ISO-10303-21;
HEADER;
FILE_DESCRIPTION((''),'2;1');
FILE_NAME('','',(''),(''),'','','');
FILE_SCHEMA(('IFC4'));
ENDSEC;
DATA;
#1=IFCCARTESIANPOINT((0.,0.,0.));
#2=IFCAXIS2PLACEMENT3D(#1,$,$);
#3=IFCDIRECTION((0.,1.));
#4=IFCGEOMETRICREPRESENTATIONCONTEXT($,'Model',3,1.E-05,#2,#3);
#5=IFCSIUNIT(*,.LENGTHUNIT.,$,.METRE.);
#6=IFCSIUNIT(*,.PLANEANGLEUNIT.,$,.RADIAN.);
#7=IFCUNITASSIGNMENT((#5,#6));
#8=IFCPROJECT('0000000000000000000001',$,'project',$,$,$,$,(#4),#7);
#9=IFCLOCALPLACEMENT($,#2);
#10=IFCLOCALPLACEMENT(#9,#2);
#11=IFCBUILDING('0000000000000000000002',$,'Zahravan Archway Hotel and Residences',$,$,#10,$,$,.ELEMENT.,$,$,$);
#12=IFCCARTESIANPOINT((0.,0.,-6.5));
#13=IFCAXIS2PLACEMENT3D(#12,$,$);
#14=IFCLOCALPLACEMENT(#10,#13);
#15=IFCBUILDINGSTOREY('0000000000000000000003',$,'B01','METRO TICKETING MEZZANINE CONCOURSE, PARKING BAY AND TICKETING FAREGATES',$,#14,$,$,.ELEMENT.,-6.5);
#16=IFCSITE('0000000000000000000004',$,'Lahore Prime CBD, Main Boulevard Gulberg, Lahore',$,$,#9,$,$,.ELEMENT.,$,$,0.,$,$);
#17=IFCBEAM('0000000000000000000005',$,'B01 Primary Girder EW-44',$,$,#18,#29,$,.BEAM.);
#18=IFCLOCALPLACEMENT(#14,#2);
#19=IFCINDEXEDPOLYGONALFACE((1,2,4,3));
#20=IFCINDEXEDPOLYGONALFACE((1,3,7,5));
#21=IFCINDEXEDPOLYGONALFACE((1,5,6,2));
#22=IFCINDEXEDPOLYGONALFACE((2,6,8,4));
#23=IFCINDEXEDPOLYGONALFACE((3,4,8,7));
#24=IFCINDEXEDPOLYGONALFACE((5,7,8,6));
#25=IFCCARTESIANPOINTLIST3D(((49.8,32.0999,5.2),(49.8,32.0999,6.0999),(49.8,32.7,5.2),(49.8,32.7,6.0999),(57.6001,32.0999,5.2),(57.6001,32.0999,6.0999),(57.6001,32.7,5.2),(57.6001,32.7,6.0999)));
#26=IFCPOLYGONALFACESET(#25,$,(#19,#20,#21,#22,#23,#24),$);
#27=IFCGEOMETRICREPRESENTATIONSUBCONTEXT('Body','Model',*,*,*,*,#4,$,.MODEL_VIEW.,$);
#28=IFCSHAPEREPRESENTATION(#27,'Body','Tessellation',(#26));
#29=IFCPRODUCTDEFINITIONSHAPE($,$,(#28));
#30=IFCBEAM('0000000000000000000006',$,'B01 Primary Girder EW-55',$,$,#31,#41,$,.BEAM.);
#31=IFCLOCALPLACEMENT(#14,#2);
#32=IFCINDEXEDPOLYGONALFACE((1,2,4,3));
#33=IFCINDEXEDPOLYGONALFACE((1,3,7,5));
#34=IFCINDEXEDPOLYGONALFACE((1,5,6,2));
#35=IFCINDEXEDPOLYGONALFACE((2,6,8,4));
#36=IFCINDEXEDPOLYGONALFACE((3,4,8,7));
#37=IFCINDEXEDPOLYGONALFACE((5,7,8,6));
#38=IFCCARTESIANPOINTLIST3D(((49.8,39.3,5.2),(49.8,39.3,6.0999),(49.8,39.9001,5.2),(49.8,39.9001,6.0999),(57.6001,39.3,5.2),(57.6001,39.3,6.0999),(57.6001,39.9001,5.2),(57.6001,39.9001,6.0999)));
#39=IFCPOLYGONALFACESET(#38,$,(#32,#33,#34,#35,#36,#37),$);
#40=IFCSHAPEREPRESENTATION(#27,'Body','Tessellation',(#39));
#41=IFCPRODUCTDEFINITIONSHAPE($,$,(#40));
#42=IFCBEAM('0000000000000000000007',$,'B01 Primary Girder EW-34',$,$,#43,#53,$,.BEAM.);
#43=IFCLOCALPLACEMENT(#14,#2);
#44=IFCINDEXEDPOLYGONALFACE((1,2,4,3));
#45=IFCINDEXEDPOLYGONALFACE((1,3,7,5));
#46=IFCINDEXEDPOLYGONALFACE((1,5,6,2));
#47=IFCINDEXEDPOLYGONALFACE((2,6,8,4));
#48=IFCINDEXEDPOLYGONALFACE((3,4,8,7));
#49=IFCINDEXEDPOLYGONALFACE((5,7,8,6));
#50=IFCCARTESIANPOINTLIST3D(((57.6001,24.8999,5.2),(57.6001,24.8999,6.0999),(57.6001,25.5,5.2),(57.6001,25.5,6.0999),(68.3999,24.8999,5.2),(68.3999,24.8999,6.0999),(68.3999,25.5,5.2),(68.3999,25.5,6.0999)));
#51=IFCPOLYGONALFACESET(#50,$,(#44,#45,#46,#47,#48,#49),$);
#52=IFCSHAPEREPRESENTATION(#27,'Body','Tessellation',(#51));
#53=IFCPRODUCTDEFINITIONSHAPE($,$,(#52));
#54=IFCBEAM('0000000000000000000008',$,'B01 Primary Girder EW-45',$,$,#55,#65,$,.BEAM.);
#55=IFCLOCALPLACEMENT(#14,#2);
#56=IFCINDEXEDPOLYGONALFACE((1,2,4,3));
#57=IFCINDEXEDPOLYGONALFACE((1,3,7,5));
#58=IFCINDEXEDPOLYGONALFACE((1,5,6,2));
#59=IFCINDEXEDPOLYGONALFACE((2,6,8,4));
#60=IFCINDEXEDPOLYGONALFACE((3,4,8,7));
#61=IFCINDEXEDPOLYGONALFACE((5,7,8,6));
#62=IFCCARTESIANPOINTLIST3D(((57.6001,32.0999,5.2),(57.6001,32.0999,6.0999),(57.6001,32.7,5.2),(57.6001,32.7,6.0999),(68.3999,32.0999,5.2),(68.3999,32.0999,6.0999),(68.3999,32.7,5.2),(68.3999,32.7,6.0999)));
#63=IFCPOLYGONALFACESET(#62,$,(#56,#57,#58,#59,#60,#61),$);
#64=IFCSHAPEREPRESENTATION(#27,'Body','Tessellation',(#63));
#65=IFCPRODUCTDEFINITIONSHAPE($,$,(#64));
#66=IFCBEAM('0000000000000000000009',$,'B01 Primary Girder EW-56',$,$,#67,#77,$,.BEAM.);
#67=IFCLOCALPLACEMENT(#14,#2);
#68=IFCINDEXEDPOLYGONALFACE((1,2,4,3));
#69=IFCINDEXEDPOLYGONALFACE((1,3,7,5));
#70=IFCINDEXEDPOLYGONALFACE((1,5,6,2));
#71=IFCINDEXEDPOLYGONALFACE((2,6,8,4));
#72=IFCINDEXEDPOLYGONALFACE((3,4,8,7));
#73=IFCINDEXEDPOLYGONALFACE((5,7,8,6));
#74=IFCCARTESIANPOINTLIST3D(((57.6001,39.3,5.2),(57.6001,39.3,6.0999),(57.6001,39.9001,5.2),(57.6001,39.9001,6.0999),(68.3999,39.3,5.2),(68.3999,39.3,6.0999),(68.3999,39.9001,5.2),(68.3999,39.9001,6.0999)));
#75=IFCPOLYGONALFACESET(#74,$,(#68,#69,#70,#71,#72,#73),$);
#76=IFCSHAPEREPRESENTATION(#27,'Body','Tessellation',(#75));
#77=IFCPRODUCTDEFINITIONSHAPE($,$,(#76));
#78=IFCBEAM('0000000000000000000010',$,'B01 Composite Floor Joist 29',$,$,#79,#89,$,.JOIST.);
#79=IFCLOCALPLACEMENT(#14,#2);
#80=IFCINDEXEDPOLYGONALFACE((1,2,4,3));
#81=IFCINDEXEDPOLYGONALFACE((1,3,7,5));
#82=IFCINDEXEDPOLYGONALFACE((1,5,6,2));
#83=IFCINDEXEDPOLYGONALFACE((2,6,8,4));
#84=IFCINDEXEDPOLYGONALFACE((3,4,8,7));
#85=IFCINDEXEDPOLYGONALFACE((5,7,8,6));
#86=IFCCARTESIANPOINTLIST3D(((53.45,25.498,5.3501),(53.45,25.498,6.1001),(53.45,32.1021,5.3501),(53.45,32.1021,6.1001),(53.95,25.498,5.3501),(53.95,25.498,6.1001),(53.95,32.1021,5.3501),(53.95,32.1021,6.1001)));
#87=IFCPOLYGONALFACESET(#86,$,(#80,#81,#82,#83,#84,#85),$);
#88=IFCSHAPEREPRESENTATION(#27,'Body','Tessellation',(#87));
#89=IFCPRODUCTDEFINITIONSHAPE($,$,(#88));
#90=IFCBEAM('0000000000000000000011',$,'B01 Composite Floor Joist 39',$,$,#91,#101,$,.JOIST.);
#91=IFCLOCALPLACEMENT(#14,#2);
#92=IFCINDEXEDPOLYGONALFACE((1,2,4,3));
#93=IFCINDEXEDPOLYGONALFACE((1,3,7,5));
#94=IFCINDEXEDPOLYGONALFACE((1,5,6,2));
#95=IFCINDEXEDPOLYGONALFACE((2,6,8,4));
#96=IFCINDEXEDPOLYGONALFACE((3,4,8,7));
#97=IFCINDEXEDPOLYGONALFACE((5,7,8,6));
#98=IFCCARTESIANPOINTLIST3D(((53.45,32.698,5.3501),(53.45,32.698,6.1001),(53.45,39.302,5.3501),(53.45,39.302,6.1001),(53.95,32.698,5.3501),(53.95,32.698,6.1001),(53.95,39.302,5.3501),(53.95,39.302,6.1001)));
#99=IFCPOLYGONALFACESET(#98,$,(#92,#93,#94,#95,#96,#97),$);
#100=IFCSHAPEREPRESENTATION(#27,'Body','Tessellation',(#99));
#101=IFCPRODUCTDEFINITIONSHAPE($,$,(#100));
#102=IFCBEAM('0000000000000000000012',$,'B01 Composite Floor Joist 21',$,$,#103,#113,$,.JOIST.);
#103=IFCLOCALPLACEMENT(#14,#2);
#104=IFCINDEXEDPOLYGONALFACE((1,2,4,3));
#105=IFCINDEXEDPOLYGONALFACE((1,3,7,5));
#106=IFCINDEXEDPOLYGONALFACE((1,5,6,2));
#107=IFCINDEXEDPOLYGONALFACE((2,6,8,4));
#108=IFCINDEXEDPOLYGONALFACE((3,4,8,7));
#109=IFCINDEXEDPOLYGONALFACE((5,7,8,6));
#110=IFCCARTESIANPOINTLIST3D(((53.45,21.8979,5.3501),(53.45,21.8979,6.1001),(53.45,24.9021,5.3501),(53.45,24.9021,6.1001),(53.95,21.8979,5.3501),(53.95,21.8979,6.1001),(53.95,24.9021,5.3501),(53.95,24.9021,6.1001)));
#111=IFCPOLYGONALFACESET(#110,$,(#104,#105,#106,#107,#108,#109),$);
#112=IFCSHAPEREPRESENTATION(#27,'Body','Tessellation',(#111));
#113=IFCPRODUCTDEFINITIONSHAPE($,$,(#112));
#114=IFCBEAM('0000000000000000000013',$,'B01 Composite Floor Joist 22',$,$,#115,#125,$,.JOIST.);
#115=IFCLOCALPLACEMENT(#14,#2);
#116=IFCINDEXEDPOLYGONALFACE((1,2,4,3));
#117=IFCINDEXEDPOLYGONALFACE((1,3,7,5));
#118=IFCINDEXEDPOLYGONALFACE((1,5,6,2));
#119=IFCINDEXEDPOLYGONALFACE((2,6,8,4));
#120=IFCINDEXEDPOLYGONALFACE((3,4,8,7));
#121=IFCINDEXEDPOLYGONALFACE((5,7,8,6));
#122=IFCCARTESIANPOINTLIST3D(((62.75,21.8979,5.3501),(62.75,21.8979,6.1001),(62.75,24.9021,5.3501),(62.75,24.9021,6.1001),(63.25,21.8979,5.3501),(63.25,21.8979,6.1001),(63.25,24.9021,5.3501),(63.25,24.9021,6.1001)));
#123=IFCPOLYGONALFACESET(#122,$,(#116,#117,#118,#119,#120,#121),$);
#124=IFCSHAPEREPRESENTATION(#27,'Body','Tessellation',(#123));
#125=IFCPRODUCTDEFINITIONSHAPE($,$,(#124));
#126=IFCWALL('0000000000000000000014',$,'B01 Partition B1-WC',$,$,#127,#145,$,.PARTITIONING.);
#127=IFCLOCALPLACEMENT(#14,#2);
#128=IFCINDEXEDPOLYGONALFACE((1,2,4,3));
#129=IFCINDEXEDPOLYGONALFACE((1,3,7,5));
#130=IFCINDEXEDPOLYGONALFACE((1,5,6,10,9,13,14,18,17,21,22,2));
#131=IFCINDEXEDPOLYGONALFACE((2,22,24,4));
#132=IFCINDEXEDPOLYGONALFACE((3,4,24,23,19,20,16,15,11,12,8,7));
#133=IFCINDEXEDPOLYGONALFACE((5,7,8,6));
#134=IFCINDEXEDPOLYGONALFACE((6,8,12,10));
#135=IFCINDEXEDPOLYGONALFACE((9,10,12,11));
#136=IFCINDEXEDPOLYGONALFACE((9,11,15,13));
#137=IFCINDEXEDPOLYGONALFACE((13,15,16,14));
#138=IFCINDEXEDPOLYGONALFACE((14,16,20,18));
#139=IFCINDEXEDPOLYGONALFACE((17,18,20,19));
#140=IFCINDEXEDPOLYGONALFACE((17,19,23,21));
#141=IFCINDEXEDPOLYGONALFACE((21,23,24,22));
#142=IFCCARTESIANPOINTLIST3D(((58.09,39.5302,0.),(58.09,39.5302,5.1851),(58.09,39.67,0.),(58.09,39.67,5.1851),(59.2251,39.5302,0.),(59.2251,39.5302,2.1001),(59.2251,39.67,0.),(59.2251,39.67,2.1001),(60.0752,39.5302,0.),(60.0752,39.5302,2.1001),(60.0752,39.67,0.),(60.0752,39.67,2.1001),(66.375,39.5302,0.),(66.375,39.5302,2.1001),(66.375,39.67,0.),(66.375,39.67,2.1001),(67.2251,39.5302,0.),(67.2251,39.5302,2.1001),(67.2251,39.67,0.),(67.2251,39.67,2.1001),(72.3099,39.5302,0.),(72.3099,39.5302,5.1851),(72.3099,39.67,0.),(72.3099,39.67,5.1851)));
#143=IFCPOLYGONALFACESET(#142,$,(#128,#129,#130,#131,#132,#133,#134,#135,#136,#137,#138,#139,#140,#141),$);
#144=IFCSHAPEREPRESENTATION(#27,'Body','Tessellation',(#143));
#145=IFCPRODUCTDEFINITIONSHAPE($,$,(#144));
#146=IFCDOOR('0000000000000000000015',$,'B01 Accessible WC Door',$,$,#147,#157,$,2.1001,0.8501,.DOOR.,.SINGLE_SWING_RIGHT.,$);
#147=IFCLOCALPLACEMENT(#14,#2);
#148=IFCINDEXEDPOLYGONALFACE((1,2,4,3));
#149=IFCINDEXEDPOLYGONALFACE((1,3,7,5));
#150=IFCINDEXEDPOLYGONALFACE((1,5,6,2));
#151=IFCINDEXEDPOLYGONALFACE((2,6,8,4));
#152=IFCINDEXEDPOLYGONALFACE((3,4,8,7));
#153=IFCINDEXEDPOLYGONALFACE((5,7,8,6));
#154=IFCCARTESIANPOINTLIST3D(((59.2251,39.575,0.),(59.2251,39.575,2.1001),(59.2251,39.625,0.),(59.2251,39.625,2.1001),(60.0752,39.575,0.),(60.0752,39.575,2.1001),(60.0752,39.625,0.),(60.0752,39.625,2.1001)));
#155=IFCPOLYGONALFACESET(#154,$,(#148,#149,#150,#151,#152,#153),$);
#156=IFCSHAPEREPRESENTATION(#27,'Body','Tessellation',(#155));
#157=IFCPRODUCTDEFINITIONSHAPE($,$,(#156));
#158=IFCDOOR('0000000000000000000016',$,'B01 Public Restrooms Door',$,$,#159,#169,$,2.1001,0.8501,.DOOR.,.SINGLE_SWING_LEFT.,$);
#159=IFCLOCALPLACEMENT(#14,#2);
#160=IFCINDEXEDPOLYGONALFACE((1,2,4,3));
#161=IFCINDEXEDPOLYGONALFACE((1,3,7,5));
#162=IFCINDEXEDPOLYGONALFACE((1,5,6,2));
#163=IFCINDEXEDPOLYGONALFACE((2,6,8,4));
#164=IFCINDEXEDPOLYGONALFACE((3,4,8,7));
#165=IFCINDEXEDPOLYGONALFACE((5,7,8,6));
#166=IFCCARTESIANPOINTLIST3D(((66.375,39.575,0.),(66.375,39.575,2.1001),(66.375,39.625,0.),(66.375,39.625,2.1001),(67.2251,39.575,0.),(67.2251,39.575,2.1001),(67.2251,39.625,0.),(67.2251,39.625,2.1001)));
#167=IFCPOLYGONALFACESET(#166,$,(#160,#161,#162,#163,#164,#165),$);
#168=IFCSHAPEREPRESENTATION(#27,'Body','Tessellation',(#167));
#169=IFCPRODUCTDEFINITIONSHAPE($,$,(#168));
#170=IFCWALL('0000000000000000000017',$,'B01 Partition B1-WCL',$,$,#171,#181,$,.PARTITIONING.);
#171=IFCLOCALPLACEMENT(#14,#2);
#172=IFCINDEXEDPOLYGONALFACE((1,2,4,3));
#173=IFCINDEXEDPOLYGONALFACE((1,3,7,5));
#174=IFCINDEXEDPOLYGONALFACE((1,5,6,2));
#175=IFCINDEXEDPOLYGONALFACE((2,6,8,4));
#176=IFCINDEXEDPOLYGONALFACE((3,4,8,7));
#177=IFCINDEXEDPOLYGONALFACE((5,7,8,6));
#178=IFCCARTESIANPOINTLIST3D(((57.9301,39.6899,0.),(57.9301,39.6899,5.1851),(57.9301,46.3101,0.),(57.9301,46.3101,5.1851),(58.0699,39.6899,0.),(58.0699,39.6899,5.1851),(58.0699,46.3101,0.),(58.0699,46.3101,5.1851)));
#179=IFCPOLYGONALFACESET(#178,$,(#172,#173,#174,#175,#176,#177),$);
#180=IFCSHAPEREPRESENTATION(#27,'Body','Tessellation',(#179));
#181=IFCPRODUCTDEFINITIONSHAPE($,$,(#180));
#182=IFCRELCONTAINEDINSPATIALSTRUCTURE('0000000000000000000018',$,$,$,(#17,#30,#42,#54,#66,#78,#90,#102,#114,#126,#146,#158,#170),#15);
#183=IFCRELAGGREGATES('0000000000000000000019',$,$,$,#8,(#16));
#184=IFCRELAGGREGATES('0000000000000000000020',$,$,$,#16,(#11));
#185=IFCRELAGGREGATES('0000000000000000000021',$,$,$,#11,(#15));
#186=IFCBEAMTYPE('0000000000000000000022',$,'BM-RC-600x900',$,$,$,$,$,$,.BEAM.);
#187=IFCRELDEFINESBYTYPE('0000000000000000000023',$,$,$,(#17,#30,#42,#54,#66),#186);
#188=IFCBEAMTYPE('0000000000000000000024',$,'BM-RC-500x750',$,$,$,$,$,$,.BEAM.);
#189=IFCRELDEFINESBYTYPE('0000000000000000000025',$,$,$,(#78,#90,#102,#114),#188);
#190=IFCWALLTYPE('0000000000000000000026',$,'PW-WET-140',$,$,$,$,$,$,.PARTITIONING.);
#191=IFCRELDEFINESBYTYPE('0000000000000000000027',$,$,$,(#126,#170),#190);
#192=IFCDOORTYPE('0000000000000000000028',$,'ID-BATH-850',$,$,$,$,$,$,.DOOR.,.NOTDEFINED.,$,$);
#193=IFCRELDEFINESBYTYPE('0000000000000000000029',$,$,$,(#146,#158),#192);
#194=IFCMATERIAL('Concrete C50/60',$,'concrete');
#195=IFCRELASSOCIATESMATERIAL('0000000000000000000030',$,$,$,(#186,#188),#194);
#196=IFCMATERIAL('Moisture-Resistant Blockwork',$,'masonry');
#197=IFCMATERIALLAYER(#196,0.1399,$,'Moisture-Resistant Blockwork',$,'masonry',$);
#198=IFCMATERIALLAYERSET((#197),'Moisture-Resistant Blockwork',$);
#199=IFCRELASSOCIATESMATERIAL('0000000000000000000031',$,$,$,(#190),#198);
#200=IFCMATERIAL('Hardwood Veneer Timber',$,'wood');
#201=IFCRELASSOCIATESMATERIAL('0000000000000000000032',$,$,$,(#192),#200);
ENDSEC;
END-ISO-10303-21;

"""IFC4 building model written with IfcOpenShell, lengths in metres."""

from ifc_helpers import new_model, si_unit, direction, frame, frame_2d, origin, origin_2d, place, context, subcontext, project, spatial, rectangle, extrude, source, transform, mapped, material, layer, layer_set, material_profile, profile_set, type_object, type_shapes, element, fill, save


model = new_model("IFC4")

# Units and contexts
model_context = context("Model", 3, precision=1e-05, world=origin(), true_north=direction((0.0, 1.0)))
body_context = subcontext(model_context, "Body", "Model", "MODEL_VIEW")
ifc_project = project(units=[si_unit("LENGTHUNIT", "METRE"), si_unit("PLANEANGLEUNIT", "RADIAN")], contexts=[model_context])

# Site, building, storey
site_placement = place(None, origin())
site = spatial("IfcSite", under=ifc_project, at=site_placement, Name="Lahore Prime CBD, Main Boulevard Gulberg, Lahore", CompositionType="ELEMENT", RefElevation=0.0)
building_placement = place(site_placement, origin())
building = spatial("IfcBuilding", under=site, at=building_placement, Name="Zahravan Archway Hotel and Residences", CompositionType="ELEMENT")
storey_placement = place(building_placement, frame((0.0, 0.0, -6.5)))
storey = spatial("IfcBuildingStorey", under=building, at=storey_placement, Name="B01", Description="METRO TICKETING MEZZANINE CONCOURSE, PARKING BAY AND TICKETING FAREGATES", CompositionType="ELEMENT", Elevation=-6.5)

# Shared definitions
ifc_material_1 = material(Name="Concrete C50/60", Category="concrete")

# Beams
ifc_material_profile_1 = material_profile(ifc_material_1, rectangle(XDim=0.6001, YDim=0.8999, at=origin_2d()), Name="RC-BM-600x900", Category="concrete")
ifc_profile_set_1 = profile_set([ifc_material_profile_1], Name="Concrete C50/60")
beam_type_1 = type_object("IfcBeamType", Name="BM-RC-600x900", PredefinedType="BEAM", material=ifc_profile_set_1)
shared_shape_1 = source(origin(), body_context, "Body", "SweptSolid", [
    extrude(rectangle(XDim=0.6001, YDim=0.8999, at=origin_2d()), origin(), (0.0, 0.0, 1.0), 7.8),
])
for number, where, z_axis, x_axis, name in (
    (1, (49.8, 32.3999, 5.6499), (1.0, 0.0, 0.0), (0.0, 1.0, 0.0), "B01 Primary Girder EW-44"),
    (2, (49.8, 39.6001, 5.6499), (1.0, 0.0, 0.0), (0.0, 1.0, 0.0), "B01 Primary Girder EW-55"),
):
    element("IfcBeam", number, at=place(storey_placement, frame(where, z_axis=z_axis, x_axis=x_axis)), inside=storey, type_object=beam_type_1, Name=name, PredefinedType="BEAM", context=body_context, shape_type="MappedRepresentation", body=[
        mapped(shared_shape_1, transform((0.0, 0.0, 0.0), scale=1.0)),
    ])
shared_shape_2 = source(origin(), body_context, "Body", "SweptSolid", [
    extrude(rectangle(XDim=0.6001, YDim=0.8999, at=origin_2d()), origin(), (0.0, 0.0, 1.0), 10.7998),
])
for number, where, z_axis, x_axis, name in (
    (3, (57.6001, 25.2, 5.6499), (1.0, 0.0, 0.0), (0.0, 1.0, 0.0), "B01 Primary Girder EW-34"),
    (4, (57.6001, 32.3999, 5.6499), (1.0, 0.0, 0.0), (0.0, 1.0, 0.0), "B01 Primary Girder EW-45"),
    (5, (57.6001, 39.6001, 5.6499), (1.0, 0.0, 0.0), (0.0, 1.0, 0.0), "B01 Primary Girder EW-56"),
):
    element("IfcBeam", number, at=place(storey_placement, frame(where, z_axis=z_axis, x_axis=x_axis)), inside=storey, type_object=beam_type_1, Name=name, PredefinedType="BEAM", context=body_context, shape_type="MappedRepresentation", body=[
        mapped(shared_shape_2, transform((0.0, 0.0, 0.0), scale=1.0)),
    ])
ifc_material_profile_2 = material_profile(ifc_material_1, rectangle(XDim=0.5, YDim=0.75, at=origin_2d()), Name="RC-BM-500x750", Category="concrete")
ifc_profile_set_2 = profile_set([ifc_material_profile_2], Name="Concrete C50/60")
beam_type_2 = type_object("IfcBeamType", Name="BM-RC-500x750", PredefinedType="BEAM", material=ifc_profile_set_2)
shared_shape_3 = source(origin(), body_context, "Body", "SweptSolid", [
    extrude(rectangle(XDim=0.5, YDim=0.75, at=origin_2d()), origin(), (0.0, 0.0, 1.0), 6.604),
])
type_shapes(beam_type_2, [shared_shape_3])
for number, where, z_axis, x_axis, name in (
    (6, (53.7, 25.498, 5.7251), (0.0, 1.0, 0.0), (-1.0, 0.0, 0.0), "B01 Composite Floor Joist 29"),
    (7, (53.7, 32.698, 5.7251), (0.0, 1.0, 0.0), (-1.0, 0.0, 0.0), "B01 Composite Floor Joist 39"),
):
    element("IfcBeam", number, at=place(storey_placement, frame(where, z_axis=z_axis, x_axis=x_axis)), inside=storey, type_object=beam_type_2, Name=name, PredefinedType="JOIST", context=body_context, shape_type="MappedRepresentation", body=[
        mapped(shared_shape_3, transform((0.0, 0.0, 0.0), scale=1.0)),
    ])
shared_shape_4 = source(origin(), body_context, "Body", "SweptSolid", [
    extrude(rectangle(XDim=0.5, YDim=0.75, at=origin_2d()), origin(), (0.0, 0.0, 1.0), 3.0042),
])
for number, where, z_axis, x_axis, name in (
    (8, (53.7, 21.8979, 5.7251), (0.0, 1.0, 0.0), (-1.0, 0.0, 0.0), "B01 Composite Floor Joist 21"),
    (9, (63.0, 21.8979, 5.7251), (0.0, 1.0, 0.0), (-1.0, 0.0, 0.0), "B01 Composite Floor Joist 22"),
):
    element("IfcBeam", number, at=place(storey_placement, frame(where, z_axis=z_axis, x_axis=x_axis)), inside=storey, type_object=beam_type_2, Name=name, PredefinedType="JOIST", context=body_context, shape_type="MappedRepresentation", body=[
        mapped(shared_shape_4, transform((0.0, 0.0, 0.0), scale=1.0)),
    ])

# Wall, openings, doors
ifc_material_2 = material(Name="Moisture-Resistant Blockwork", Category="masonry")
ifc_layer = layer(ifc_material_2, 0.1399, Name="Moisture-Resistant Blockwork", Category="masonry")
ifc_layer_set = layer_set([ifc_layer], Name="Moisture-Resistant Blockwork")
wall_type = type_object("IfcWallType", Name="PW-WET-140", PredefinedType="PARTITIONING", material=ifc_layer_set)
wall_1_placement = place(storey_placement, frame((58.0901, 39.6001, 0.0), z_axis=(0.0, 0.0, 1.0), x_axis=(1.0, 0.0, 0.0)))
wall_1 = element("IfcWall", 10, at=wall_1_placement, inside=storey, type_object=wall_type, Name="B01 Partition B1-WC", PredefinedType="PARTITIONING", context=body_context, shape_type="SweptSolid", body=[
    extrude(rectangle(XDim=14.22, YDim=0.1399, at=frame_2d((7.1099, 0.0))), origin(), (0.0, 0.0, 1.0), 5.1851),
])
opening_1_placement = place(wall_1_placement, frame((1.135, 0.0, 0.0)))
opening_1 = element("IfcOpeningElement", 11, at=opening_1_placement, cuts=wall_1, PredefinedType="OPENING", context=body_context, shape_type="SweptSolid", body=[
    extrude(rectangle(XDim=0.8501, YDim=2.1001, at=frame_2d((0.425, 1.05))), frame((0.0, 0.0801, 0.0), z_axis=(0.0, -1.0, 0.0), x_axis=(1.0, 0.0, 0.0)), (0.0, 0.0, 1.0), 0.1599),
])
opening_2_placement = place(wall_1_placement, frame((8.2849, 0.0, 0.0)))
opening_2 = element("IfcOpeningElement", 12, at=opening_2_placement, cuts=wall_1, PredefinedType="OPENING", context=body_context, shape_type="SweptSolid", body=[
    extrude(rectangle(XDim=0.8501, YDim=2.1001, at=frame_2d((0.425, 1.05))), frame((0.0, 0.0801, 0.0), z_axis=(0.0, -1.0, 0.0), x_axis=(1.0, 0.0, 0.0)), (0.0, 0.0, 1.0), 0.1599),
])
ifc_material_3 = material(Name="Hardwood Veneer Timber", Category="wood")
door_type = type_object("IfcDoorType", Name="ID-BATH-850", OperationType="NOTDEFINED", PredefinedType="DOOR", material=ifc_material_3)
shared_shape_5 = source(origin(), body_context, "Body", "SweptSolid", [
    extrude(rectangle(XDim=0.8501, YDim=2.1001, at=frame_2d((0.425, 1.05))), frame((0.0, 0.0249, 0.0), z_axis=(0.0, -1.0, 0.0), x_axis=(1.0, 0.0, 0.0)), (0.0, 0.0, 1.0), 0.05),
])
type_shapes(door_type, [shared_shape_5])
door_1_placement = place(opening_1_placement, origin())
door_1 = element("IfcDoor", 13, at=door_1_placement, inside=storey, type_object=door_type, Name="B01 Accessible WC Door", OperationType="SINGLE_SWING_RIGHT", OverallHeight=2.1001, OverallWidth=0.8501, PredefinedType="DOOR", context=body_context, shape_type="MappedRepresentation", body=[
    mapped(shared_shape_5, transform((0.0, 0.0, 0.0), scale=1.0)),
])
fill(opening_1, door_1)
door_2_placement = place(opening_2_placement, origin())
door_2 = element("IfcDoor", 14, at=door_2_placement, inside=storey, type_object=door_type, Name="B01 Public Restrooms Door", OperationType="SINGLE_SWING_LEFT", OverallHeight=2.1001, OverallWidth=0.8501, PredefinedType="DOOR", context=body_context, shape_type="MappedRepresentation", body=[
    mapped(shared_shape_5, transform((0.0, 0.0, 0.0), scale=1.0)),
])
fill(opening_2, door_2)

# Wall
wall_2_placement = place(storey_placement, frame((58.0, 39.6899, 0.0), z_axis=(0.0, 0.0, 1.0), x_axis=(0.0, 1.0, 0.0)))
element("IfcWall", 15, at=wall_2_placement, inside=storey, type_object=wall_type, Name="B01 Partition B1-WCL", PredefinedType="PARTITIONING", context=body_context, shape_type="SweptSolid", body=[
    extrude(rectangle(XDim=6.6201, YDim=0.1399, at=frame_2d((3.3101, 0.0))), origin(), (0.0, 0.0, 1.0), 5.1851),
])

save(model, "model.ifc")
